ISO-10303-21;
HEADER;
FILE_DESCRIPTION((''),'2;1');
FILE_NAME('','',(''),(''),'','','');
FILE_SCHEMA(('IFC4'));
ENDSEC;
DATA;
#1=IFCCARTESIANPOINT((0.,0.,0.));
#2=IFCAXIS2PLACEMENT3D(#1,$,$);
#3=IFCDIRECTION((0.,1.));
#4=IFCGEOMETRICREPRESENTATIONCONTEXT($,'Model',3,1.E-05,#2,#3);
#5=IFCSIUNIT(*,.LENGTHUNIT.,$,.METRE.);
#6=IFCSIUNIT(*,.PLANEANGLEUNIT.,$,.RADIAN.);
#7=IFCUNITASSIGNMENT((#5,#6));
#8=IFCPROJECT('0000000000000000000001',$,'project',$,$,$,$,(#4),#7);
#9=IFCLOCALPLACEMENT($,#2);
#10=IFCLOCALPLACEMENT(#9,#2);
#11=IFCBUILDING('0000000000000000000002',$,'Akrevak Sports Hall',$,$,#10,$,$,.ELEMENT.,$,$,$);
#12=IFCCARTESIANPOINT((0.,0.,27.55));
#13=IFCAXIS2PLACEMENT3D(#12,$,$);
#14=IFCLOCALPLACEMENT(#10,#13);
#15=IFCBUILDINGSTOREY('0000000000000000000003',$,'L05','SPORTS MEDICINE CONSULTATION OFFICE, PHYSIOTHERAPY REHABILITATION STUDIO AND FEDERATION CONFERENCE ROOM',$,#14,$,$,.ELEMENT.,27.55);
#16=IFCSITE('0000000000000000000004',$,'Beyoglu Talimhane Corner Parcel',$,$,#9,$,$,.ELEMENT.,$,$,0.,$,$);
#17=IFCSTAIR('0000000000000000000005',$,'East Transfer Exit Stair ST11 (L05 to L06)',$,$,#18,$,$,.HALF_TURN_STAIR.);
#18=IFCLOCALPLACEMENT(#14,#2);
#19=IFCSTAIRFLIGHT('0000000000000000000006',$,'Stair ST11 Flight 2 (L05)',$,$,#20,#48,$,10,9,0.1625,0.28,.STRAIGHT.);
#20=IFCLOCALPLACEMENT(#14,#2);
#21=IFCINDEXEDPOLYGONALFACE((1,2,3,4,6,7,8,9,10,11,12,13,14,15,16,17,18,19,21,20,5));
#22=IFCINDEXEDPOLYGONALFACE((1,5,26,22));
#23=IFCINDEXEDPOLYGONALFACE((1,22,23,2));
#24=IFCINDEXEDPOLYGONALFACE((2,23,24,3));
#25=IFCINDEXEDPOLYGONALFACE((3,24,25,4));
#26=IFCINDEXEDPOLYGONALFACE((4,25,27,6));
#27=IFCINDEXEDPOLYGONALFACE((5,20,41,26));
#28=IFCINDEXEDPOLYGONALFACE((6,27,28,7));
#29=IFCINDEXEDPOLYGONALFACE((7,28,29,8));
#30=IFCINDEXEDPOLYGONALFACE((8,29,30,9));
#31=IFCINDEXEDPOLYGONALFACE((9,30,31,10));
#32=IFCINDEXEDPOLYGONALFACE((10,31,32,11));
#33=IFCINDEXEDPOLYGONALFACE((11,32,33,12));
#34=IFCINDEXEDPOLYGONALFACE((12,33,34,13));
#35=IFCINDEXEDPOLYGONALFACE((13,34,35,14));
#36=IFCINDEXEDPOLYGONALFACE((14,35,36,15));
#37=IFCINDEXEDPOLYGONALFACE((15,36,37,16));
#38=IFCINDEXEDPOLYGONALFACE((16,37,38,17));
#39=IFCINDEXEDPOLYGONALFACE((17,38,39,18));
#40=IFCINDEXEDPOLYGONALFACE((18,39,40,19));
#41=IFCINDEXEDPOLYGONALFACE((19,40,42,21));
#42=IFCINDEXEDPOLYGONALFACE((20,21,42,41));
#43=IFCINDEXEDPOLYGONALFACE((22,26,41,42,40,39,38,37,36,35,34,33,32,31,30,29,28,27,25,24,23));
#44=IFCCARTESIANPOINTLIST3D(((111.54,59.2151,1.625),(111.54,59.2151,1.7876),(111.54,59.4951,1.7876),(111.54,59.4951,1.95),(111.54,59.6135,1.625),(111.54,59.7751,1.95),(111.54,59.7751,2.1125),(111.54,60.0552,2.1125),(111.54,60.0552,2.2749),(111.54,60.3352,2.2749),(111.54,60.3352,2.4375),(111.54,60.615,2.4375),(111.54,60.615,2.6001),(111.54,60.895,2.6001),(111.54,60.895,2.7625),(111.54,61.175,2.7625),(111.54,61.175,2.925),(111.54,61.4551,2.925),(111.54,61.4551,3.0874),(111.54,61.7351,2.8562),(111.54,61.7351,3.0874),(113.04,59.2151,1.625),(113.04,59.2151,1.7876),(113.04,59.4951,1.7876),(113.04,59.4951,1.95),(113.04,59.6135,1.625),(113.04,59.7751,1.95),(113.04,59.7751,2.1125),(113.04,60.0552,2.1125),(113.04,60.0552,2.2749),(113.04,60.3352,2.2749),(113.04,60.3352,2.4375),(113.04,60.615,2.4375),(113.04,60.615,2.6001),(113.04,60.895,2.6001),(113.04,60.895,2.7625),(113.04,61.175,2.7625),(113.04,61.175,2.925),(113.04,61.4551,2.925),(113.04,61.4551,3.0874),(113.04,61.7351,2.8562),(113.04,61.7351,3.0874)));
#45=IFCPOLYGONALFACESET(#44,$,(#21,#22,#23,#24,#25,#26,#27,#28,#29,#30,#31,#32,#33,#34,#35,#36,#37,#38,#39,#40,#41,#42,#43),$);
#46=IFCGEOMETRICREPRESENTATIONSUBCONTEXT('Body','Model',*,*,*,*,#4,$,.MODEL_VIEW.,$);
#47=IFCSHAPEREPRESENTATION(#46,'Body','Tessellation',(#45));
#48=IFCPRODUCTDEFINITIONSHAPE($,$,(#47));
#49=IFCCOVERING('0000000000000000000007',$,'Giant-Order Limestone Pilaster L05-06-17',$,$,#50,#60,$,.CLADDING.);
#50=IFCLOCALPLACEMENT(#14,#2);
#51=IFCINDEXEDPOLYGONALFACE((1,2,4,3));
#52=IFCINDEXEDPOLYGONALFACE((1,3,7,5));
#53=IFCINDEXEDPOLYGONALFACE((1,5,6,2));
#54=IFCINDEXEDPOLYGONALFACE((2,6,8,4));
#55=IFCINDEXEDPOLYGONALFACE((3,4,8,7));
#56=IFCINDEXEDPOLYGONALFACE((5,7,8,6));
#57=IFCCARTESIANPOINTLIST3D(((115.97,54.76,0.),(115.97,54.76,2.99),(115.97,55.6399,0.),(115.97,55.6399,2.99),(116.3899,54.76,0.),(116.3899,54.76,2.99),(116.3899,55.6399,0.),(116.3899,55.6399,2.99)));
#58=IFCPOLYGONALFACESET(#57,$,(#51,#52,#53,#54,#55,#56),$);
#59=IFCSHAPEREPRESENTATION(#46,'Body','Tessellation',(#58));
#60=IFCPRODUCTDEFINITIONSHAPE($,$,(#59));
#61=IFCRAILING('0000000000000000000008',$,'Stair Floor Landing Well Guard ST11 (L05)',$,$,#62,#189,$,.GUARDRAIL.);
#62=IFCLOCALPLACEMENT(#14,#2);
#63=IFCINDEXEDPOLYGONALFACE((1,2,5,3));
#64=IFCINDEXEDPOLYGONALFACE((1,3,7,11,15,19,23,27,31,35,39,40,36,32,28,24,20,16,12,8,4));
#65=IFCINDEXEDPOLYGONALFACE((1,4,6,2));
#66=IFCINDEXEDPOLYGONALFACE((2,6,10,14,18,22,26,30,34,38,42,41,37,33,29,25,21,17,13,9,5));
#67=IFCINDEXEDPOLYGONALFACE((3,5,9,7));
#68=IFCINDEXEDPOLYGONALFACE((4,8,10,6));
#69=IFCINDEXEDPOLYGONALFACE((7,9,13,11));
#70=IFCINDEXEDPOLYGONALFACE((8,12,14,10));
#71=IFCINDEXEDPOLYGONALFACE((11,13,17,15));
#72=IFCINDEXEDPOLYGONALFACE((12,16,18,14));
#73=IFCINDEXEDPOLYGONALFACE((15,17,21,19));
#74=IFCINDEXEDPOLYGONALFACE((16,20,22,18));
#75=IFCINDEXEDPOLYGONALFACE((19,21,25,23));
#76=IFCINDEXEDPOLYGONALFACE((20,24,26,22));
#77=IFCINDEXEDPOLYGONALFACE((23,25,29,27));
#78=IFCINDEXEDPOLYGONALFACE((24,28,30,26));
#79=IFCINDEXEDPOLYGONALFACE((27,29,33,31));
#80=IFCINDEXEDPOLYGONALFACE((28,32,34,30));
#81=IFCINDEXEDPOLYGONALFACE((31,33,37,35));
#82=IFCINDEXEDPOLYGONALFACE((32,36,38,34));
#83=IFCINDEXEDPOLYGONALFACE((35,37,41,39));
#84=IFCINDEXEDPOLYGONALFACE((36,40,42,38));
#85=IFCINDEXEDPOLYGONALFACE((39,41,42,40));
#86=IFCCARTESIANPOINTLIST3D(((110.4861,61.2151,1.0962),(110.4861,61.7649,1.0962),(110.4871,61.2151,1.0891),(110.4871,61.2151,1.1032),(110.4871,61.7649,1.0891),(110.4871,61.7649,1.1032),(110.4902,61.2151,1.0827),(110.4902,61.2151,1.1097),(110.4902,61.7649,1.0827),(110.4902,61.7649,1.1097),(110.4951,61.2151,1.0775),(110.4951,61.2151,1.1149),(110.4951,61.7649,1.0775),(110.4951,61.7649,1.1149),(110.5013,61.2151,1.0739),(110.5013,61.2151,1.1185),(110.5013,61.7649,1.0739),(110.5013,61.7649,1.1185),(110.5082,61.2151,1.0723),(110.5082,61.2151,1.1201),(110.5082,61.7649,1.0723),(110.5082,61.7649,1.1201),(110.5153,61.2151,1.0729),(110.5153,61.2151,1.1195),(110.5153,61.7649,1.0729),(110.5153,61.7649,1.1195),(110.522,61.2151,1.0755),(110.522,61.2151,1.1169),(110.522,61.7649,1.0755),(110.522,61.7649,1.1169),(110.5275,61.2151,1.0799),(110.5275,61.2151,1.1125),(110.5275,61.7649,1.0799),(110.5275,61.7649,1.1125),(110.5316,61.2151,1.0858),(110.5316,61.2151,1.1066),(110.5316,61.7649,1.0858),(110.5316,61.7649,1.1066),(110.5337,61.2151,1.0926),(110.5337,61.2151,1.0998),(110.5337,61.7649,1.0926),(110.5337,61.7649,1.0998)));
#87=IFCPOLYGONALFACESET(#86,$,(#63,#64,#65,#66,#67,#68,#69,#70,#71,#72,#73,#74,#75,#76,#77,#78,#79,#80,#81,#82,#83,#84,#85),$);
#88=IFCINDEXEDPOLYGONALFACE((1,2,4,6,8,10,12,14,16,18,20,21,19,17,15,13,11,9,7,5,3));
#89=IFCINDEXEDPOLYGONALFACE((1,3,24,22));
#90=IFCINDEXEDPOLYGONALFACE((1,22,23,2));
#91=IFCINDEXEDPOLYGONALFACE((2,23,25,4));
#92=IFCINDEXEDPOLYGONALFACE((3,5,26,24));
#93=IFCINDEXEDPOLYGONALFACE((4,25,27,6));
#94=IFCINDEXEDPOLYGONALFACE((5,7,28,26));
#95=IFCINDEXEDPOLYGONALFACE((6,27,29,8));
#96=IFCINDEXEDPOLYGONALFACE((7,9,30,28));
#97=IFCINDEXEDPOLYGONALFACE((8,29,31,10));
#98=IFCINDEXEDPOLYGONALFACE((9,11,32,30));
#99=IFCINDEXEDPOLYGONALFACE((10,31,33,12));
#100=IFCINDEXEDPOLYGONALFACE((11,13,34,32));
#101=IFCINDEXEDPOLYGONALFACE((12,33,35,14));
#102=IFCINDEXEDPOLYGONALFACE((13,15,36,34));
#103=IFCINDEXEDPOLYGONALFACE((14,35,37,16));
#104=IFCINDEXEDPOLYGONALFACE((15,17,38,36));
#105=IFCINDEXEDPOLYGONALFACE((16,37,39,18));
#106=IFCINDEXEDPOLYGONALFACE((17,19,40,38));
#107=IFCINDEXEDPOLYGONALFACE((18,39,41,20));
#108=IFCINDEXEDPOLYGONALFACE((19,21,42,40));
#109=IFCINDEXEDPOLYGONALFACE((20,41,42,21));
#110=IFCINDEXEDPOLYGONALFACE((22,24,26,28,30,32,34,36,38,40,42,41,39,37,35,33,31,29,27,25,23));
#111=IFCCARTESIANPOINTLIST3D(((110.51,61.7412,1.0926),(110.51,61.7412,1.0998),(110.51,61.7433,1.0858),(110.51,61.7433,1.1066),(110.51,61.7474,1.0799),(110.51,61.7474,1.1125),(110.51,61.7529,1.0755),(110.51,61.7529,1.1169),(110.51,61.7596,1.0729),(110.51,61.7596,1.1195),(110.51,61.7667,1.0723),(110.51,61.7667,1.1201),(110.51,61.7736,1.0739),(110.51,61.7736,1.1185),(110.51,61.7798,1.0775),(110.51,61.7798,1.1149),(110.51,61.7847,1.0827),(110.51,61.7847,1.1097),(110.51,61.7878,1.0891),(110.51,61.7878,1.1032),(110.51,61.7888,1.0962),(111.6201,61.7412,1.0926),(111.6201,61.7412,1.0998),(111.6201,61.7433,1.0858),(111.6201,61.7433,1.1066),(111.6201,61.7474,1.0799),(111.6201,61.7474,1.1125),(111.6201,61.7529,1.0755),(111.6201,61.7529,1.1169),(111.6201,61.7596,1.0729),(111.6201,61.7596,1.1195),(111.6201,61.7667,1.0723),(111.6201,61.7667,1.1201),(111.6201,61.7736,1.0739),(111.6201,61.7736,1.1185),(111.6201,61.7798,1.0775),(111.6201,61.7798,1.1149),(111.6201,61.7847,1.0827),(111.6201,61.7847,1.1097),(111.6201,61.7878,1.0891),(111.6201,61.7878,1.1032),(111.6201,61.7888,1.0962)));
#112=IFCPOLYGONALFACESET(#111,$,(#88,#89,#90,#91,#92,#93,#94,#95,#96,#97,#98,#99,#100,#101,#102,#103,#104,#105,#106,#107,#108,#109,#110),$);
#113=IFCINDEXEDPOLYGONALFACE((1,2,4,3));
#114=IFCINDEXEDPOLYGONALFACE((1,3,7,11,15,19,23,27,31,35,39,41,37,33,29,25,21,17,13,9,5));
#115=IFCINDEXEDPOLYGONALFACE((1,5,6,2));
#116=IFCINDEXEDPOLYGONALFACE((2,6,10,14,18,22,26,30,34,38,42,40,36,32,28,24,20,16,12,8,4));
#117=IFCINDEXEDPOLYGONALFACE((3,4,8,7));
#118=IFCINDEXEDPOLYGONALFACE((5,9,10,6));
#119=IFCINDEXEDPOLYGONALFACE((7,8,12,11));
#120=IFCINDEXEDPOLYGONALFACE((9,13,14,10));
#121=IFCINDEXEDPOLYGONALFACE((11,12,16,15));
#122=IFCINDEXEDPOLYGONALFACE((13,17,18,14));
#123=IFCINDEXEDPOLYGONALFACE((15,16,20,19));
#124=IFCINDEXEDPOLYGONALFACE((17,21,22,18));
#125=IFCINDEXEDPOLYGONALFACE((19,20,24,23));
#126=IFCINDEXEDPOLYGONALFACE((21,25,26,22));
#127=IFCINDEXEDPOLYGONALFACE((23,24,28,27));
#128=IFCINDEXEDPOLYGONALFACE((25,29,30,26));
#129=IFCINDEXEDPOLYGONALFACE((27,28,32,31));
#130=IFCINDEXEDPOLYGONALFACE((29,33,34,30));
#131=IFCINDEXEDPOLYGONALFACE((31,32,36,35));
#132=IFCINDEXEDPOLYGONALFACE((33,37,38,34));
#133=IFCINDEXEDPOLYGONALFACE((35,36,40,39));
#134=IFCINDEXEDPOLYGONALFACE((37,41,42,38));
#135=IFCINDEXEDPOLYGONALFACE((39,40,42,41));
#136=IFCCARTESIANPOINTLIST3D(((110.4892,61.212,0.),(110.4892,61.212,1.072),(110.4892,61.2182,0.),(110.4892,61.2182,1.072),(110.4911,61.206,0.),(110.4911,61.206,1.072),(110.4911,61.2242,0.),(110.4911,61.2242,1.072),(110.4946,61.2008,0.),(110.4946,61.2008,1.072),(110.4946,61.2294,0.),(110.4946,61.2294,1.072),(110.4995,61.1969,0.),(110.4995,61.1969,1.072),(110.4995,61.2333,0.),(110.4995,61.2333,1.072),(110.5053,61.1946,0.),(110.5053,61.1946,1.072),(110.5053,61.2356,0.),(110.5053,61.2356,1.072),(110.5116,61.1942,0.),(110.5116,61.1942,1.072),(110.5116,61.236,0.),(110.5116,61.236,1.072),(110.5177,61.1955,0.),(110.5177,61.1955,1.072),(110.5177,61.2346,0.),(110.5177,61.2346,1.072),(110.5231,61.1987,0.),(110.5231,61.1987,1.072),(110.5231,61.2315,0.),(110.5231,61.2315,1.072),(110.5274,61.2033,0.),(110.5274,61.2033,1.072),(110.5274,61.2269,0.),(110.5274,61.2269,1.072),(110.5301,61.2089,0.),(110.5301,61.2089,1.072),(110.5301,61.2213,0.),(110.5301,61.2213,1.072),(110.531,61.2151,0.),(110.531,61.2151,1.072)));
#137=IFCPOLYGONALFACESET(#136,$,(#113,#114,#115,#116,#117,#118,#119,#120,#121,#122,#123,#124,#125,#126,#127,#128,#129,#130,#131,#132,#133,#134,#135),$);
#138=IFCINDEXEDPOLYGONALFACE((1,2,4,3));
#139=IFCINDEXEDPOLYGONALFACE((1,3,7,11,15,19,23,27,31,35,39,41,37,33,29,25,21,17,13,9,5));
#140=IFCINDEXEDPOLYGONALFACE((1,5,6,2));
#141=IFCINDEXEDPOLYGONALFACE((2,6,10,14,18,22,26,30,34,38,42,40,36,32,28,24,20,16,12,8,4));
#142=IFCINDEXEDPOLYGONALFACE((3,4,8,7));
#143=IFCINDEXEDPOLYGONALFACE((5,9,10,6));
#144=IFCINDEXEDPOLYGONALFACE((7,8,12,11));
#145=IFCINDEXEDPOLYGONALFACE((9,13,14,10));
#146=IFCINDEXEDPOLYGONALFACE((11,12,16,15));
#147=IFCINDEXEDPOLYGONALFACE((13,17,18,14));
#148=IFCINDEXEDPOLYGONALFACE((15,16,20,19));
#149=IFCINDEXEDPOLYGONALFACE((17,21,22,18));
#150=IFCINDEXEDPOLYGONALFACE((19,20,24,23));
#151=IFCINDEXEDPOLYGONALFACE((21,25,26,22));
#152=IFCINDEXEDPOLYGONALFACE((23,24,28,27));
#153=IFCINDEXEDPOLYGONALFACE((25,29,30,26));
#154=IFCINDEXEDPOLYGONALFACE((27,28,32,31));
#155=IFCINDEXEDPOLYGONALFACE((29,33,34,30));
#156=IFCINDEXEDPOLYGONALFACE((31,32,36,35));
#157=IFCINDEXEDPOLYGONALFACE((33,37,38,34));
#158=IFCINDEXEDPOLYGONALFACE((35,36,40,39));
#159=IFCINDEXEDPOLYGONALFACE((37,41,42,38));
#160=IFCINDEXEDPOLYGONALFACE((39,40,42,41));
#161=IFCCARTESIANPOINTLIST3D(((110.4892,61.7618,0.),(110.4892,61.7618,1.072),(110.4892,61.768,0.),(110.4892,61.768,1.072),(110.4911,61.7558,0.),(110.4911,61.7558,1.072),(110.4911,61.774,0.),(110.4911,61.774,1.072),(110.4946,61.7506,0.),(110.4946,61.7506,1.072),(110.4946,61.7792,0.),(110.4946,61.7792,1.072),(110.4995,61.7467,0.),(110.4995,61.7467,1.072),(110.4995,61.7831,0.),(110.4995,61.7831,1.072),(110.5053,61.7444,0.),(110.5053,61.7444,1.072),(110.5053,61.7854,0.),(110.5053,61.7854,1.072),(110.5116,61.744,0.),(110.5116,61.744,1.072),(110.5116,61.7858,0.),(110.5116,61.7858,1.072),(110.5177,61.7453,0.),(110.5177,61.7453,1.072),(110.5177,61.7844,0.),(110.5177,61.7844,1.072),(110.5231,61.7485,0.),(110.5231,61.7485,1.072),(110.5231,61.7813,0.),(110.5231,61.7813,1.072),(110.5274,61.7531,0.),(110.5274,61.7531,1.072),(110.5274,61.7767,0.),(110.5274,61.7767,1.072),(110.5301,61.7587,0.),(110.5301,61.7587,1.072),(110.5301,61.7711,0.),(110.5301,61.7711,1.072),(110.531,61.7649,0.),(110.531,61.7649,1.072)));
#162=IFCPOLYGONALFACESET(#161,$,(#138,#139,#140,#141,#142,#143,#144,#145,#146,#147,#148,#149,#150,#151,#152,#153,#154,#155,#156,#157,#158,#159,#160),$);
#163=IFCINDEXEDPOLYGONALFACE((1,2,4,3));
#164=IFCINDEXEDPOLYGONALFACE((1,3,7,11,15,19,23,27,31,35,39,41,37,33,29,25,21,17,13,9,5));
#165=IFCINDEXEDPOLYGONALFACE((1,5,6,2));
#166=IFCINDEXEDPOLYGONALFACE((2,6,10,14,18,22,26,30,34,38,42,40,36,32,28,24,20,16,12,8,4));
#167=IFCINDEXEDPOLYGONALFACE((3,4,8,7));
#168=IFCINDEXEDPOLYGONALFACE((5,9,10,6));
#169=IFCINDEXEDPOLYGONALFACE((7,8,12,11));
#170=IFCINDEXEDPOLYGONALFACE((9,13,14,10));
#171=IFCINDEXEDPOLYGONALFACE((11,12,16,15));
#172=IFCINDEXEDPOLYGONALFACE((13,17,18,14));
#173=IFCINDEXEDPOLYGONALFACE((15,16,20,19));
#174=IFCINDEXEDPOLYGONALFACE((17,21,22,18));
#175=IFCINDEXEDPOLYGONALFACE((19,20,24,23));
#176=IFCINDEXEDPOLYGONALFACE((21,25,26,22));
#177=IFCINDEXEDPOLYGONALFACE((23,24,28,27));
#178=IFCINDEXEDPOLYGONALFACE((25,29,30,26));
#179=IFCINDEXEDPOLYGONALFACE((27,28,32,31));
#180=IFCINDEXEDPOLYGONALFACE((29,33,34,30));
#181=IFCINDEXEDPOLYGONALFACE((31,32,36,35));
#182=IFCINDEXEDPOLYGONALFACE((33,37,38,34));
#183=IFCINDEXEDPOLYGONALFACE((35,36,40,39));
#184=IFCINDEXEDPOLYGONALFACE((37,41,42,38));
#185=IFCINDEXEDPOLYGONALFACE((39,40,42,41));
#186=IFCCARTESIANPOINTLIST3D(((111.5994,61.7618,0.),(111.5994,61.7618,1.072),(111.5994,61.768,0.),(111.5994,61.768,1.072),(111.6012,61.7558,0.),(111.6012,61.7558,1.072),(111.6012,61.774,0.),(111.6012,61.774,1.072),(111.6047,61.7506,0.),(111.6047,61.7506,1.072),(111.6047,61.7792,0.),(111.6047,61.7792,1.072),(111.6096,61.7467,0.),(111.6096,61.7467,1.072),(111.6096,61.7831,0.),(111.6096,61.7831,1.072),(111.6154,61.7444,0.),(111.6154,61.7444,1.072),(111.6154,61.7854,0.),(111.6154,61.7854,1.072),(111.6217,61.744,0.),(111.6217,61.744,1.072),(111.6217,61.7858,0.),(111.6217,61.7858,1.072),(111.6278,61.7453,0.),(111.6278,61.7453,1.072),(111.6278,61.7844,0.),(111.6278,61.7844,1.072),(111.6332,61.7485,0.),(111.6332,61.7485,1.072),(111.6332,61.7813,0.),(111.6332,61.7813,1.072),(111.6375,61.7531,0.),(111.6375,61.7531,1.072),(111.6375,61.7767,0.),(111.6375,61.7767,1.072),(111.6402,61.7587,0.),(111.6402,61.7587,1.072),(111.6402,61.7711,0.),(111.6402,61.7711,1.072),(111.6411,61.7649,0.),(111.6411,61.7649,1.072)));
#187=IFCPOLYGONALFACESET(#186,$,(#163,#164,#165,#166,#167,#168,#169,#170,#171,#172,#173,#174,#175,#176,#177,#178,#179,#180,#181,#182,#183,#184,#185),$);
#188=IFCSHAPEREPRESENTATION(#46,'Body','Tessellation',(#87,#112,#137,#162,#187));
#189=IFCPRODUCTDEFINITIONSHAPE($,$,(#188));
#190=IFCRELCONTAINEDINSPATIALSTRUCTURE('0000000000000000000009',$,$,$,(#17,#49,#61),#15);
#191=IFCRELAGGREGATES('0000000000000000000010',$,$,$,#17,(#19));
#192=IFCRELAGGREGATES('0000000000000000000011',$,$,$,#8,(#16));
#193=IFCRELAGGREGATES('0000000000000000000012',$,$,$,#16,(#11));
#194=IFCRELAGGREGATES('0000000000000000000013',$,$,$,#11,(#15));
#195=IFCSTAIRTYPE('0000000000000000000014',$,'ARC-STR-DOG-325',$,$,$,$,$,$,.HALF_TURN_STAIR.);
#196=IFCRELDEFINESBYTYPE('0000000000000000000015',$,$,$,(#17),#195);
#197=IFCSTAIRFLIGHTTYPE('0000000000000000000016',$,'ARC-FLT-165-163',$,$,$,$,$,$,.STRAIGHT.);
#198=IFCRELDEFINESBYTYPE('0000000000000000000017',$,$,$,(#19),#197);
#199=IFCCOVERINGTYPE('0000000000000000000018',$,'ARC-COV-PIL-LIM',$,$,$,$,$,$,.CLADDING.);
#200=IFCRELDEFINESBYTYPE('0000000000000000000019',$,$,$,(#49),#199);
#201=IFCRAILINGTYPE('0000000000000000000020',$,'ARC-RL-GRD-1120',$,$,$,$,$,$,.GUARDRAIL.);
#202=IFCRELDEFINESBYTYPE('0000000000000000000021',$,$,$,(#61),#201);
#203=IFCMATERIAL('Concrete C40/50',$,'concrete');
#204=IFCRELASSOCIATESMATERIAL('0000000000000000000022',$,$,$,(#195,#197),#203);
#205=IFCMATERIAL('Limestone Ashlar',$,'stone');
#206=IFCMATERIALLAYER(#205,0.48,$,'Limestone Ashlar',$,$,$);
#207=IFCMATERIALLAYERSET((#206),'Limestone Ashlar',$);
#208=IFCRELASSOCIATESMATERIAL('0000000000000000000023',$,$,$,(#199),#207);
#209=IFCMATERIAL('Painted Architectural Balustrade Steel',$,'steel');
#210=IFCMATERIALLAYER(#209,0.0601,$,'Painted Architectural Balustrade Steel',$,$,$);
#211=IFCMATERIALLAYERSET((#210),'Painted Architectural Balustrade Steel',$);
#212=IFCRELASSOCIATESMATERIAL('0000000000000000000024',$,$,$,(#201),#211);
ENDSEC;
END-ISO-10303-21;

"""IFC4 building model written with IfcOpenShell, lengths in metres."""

from ifc_helpers import new_model, si_unit, direction, frame, origin, origin_2d, place, context, subcontext, project, spatial, polyline, rectangle, circle, outline, extrude, material, layer, layer_set, type_object, element, aggregate, save


model = new_model("IFC4")

# Units and contexts
model_context = context("Model", 3, precision=1e-05, world=origin(), true_north=direction((0.0, 1.0)))
body_context = subcontext(model_context, "Body", "Model", "MODEL_VIEW")
ifc_project = project(units=[si_unit("LENGTHUNIT", "METRE"), si_unit("PLANEANGLEUNIT", "RADIAN")], contexts=[model_context])

# Site, building, storey
site_placement = place(None, origin())
site = spatial("IfcSite", under=ifc_project, at=site_placement, Name="Beyoglu Talimhane Corner Parcel", CompositionType="ELEMENT", RefElevation=0.0)
building_placement = place(site_placement, origin())
building = spatial("IfcBuilding", under=site, at=building_placement, Name="Akrevak Sports Hall", CompositionType="ELEMENT")
storey_placement = place(building_placement, frame((0.0, 0.0, 27.55)))
storey = spatial("IfcBuildingStorey", under=building, at=storey_placement, Name="L05", Description="SPORTS MEDICINE CONSULTATION OFFICE, PHYSIOTHERAPY REHABILITATION STUDIO AND FEDERATION CONFERENCE ROOM", CompositionType="ELEMENT", Elevation=27.55)

# Shared definitions
ifc_material_1 = material(Name="Concrete C40/50", Category="concrete")

# Shared definitions
ifc_material_2 = material(Name="Limestone Ashlar", Category="stone")

# Stair, stair flight
stair_type = type_object("IfcStairType", Name="ARC-STR-DOG-325", PredefinedType="HALF_TURN_STAIR", material=ifc_material_1)
stair_placement = place(storey_placement, origin())
stair = element("IfcStair", 1, at=stair_placement, inside=storey, type_object=stair_type, Name="East Transfer Exit Stair ST11 (L05 to L06)", PredefinedType="HALF_TURN_STAIR")
stair_flight_type = type_object("IfcStairFlightType", Name="ARC-FLT-165-163", PredefinedType="STRAIGHT", material=ifc_material_1)
stair_flight_1_placement = place(storey_placement, frame((112.29, 59.2151, 1.625), z_axis=(0.0, 0.0, 1.0), x_axis=(0.0, 1.0, 0.0)))
stair_flight_1 = element("IfcStairFlight", 2, at=stair_flight_1_placement, type_object=stair_flight_type, Name="Stair ST11 Flight 2 (L05)", NumberOfRisers=10, NumberOfTreads=9, PredefinedType="STRAIGHT", RiserHeight=0.1625, TreadLength=0.28, context=body_context, shape_type="SweptSolid", body=[
    extrude(outline(polyline([(0.0, 0.0), (0.0, 0.1626), (0.28, 0.1626), (0.28, 0.325), (0.5601, 0.325), (0.5601, 0.4875), (0.8401, 0.4875), (0.8401, 0.6499), (1.1201, 0.6499), (1.1201, 0.8125), (1.3999, 0.8125), (1.3999, 0.9751), (1.6799, 0.9751), (1.6799, 1.1375), (1.96, 1.1375), (1.96, 1.3), (2.24, 1.3), (2.24, 1.4624), (2.52, 1.4624), (2.52, 1.625), (2.52, 1.2312), (0.3984, 0.0), (0.0, 0.0)])), frame((0.0, 0.75, 0.0), z_axis=(0.0, -1.0, 0.0), x_axis=(1.0, 0.0, 0.0)), (0.0, 0.0, 1.0), 1.5),
])
aggregate(stair, [stair_flight_1])

# Covering
ifc_layer_1 = layer(ifc_material_2, 0.48, Name="Limestone Ashlar")
ifc_layer_set_1 = layer_set([ifc_layer_1], Name="Limestone Ashlar")
covering_type = type_object("IfcCoveringType", Name="ARC-COV-PIL-LIM", PredefinedType="CLADDING", material=ifc_layer_set_1)
covering_placement = place(storey_placement, frame((116.1799, 55.2, 0.0), z_axis=(0.0, 0.0, 1.0), x_axis=(0.0, 1.0, 0.0)))
element("IfcCovering", 3, at=covering_placement, inside=storey, type_object=covering_type, Name="Giant-Order Limestone Pilaster L05-06-17", PredefinedType="CLADDING", context=body_context, shape_type="SweptSolid", body=[
    extrude(rectangle(XDim=0.8799, YDim=0.4199, at=origin_2d()), origin(), (0.0, 0.0, 1.0), 2.99),
])

# Railing
ifc_material_3 = material(Name="Painted Architectural Balustrade Steel", Category="steel")
ifc_layer_2 = layer(ifc_material_3, 0.0601, Name="Painted Architectural Balustrade Steel")
ifc_layer_set_2 = layer_set([ifc_layer_2], Name="Painted Architectural Balustrade Steel")
railing_type_1 = type_object("IfcRailingType", Name="ARC-RL-GRD-1120", PredefinedType="GUARDRAIL", material=ifc_layer_set_2)
railing_1_placement = place(storey_placement, frame((110.51, 61.2151, 0.0)))
element("IfcRailing", 4, at=railing_1_placement, inside=storey, type_object=railing_type_1, Name="Stair Floor Landing Well Guard ST11 (L05)", PredefinedType="GUARDRAIL", context=body_context, shape_type="SweptSolid", body=[
    extrude(circle(Radius=0.0239, at=origin_2d()), frame((0.0, 0.0, 1.0962), z_axis=(0.0, 1.0, 0.0), x_axis=(-1.0, 0.0, 0.0)), (0.0, 0.0, 1.0), 0.5498),
    extrude(circle(Radius=0.0239, at=origin_2d()), frame((0.0, 0.5498, 1.0962), z_axis=(1.0, 0.0, 0.0), x_axis=(0.0, 1.0, 0.0)), (0.0, 0.0, 1.0), 1.1101),
    extrude(circle(Radius=0.021, at=origin_2d()), origin(), (0.0, 0.0, 1.0), 1.072),
    extrude(circle(Radius=0.021, at=origin_2d()), frame((0.0, 0.5498, 0.0)), (0.0, 0.0, 1.0), 1.072),
    extrude(circle(Radius=0.021, at=origin_2d()), frame((1.1101, 0.5498, 0.0)), (0.0, 0.0, 1.0), 1.072),
])

save(model, "model.ifc")
